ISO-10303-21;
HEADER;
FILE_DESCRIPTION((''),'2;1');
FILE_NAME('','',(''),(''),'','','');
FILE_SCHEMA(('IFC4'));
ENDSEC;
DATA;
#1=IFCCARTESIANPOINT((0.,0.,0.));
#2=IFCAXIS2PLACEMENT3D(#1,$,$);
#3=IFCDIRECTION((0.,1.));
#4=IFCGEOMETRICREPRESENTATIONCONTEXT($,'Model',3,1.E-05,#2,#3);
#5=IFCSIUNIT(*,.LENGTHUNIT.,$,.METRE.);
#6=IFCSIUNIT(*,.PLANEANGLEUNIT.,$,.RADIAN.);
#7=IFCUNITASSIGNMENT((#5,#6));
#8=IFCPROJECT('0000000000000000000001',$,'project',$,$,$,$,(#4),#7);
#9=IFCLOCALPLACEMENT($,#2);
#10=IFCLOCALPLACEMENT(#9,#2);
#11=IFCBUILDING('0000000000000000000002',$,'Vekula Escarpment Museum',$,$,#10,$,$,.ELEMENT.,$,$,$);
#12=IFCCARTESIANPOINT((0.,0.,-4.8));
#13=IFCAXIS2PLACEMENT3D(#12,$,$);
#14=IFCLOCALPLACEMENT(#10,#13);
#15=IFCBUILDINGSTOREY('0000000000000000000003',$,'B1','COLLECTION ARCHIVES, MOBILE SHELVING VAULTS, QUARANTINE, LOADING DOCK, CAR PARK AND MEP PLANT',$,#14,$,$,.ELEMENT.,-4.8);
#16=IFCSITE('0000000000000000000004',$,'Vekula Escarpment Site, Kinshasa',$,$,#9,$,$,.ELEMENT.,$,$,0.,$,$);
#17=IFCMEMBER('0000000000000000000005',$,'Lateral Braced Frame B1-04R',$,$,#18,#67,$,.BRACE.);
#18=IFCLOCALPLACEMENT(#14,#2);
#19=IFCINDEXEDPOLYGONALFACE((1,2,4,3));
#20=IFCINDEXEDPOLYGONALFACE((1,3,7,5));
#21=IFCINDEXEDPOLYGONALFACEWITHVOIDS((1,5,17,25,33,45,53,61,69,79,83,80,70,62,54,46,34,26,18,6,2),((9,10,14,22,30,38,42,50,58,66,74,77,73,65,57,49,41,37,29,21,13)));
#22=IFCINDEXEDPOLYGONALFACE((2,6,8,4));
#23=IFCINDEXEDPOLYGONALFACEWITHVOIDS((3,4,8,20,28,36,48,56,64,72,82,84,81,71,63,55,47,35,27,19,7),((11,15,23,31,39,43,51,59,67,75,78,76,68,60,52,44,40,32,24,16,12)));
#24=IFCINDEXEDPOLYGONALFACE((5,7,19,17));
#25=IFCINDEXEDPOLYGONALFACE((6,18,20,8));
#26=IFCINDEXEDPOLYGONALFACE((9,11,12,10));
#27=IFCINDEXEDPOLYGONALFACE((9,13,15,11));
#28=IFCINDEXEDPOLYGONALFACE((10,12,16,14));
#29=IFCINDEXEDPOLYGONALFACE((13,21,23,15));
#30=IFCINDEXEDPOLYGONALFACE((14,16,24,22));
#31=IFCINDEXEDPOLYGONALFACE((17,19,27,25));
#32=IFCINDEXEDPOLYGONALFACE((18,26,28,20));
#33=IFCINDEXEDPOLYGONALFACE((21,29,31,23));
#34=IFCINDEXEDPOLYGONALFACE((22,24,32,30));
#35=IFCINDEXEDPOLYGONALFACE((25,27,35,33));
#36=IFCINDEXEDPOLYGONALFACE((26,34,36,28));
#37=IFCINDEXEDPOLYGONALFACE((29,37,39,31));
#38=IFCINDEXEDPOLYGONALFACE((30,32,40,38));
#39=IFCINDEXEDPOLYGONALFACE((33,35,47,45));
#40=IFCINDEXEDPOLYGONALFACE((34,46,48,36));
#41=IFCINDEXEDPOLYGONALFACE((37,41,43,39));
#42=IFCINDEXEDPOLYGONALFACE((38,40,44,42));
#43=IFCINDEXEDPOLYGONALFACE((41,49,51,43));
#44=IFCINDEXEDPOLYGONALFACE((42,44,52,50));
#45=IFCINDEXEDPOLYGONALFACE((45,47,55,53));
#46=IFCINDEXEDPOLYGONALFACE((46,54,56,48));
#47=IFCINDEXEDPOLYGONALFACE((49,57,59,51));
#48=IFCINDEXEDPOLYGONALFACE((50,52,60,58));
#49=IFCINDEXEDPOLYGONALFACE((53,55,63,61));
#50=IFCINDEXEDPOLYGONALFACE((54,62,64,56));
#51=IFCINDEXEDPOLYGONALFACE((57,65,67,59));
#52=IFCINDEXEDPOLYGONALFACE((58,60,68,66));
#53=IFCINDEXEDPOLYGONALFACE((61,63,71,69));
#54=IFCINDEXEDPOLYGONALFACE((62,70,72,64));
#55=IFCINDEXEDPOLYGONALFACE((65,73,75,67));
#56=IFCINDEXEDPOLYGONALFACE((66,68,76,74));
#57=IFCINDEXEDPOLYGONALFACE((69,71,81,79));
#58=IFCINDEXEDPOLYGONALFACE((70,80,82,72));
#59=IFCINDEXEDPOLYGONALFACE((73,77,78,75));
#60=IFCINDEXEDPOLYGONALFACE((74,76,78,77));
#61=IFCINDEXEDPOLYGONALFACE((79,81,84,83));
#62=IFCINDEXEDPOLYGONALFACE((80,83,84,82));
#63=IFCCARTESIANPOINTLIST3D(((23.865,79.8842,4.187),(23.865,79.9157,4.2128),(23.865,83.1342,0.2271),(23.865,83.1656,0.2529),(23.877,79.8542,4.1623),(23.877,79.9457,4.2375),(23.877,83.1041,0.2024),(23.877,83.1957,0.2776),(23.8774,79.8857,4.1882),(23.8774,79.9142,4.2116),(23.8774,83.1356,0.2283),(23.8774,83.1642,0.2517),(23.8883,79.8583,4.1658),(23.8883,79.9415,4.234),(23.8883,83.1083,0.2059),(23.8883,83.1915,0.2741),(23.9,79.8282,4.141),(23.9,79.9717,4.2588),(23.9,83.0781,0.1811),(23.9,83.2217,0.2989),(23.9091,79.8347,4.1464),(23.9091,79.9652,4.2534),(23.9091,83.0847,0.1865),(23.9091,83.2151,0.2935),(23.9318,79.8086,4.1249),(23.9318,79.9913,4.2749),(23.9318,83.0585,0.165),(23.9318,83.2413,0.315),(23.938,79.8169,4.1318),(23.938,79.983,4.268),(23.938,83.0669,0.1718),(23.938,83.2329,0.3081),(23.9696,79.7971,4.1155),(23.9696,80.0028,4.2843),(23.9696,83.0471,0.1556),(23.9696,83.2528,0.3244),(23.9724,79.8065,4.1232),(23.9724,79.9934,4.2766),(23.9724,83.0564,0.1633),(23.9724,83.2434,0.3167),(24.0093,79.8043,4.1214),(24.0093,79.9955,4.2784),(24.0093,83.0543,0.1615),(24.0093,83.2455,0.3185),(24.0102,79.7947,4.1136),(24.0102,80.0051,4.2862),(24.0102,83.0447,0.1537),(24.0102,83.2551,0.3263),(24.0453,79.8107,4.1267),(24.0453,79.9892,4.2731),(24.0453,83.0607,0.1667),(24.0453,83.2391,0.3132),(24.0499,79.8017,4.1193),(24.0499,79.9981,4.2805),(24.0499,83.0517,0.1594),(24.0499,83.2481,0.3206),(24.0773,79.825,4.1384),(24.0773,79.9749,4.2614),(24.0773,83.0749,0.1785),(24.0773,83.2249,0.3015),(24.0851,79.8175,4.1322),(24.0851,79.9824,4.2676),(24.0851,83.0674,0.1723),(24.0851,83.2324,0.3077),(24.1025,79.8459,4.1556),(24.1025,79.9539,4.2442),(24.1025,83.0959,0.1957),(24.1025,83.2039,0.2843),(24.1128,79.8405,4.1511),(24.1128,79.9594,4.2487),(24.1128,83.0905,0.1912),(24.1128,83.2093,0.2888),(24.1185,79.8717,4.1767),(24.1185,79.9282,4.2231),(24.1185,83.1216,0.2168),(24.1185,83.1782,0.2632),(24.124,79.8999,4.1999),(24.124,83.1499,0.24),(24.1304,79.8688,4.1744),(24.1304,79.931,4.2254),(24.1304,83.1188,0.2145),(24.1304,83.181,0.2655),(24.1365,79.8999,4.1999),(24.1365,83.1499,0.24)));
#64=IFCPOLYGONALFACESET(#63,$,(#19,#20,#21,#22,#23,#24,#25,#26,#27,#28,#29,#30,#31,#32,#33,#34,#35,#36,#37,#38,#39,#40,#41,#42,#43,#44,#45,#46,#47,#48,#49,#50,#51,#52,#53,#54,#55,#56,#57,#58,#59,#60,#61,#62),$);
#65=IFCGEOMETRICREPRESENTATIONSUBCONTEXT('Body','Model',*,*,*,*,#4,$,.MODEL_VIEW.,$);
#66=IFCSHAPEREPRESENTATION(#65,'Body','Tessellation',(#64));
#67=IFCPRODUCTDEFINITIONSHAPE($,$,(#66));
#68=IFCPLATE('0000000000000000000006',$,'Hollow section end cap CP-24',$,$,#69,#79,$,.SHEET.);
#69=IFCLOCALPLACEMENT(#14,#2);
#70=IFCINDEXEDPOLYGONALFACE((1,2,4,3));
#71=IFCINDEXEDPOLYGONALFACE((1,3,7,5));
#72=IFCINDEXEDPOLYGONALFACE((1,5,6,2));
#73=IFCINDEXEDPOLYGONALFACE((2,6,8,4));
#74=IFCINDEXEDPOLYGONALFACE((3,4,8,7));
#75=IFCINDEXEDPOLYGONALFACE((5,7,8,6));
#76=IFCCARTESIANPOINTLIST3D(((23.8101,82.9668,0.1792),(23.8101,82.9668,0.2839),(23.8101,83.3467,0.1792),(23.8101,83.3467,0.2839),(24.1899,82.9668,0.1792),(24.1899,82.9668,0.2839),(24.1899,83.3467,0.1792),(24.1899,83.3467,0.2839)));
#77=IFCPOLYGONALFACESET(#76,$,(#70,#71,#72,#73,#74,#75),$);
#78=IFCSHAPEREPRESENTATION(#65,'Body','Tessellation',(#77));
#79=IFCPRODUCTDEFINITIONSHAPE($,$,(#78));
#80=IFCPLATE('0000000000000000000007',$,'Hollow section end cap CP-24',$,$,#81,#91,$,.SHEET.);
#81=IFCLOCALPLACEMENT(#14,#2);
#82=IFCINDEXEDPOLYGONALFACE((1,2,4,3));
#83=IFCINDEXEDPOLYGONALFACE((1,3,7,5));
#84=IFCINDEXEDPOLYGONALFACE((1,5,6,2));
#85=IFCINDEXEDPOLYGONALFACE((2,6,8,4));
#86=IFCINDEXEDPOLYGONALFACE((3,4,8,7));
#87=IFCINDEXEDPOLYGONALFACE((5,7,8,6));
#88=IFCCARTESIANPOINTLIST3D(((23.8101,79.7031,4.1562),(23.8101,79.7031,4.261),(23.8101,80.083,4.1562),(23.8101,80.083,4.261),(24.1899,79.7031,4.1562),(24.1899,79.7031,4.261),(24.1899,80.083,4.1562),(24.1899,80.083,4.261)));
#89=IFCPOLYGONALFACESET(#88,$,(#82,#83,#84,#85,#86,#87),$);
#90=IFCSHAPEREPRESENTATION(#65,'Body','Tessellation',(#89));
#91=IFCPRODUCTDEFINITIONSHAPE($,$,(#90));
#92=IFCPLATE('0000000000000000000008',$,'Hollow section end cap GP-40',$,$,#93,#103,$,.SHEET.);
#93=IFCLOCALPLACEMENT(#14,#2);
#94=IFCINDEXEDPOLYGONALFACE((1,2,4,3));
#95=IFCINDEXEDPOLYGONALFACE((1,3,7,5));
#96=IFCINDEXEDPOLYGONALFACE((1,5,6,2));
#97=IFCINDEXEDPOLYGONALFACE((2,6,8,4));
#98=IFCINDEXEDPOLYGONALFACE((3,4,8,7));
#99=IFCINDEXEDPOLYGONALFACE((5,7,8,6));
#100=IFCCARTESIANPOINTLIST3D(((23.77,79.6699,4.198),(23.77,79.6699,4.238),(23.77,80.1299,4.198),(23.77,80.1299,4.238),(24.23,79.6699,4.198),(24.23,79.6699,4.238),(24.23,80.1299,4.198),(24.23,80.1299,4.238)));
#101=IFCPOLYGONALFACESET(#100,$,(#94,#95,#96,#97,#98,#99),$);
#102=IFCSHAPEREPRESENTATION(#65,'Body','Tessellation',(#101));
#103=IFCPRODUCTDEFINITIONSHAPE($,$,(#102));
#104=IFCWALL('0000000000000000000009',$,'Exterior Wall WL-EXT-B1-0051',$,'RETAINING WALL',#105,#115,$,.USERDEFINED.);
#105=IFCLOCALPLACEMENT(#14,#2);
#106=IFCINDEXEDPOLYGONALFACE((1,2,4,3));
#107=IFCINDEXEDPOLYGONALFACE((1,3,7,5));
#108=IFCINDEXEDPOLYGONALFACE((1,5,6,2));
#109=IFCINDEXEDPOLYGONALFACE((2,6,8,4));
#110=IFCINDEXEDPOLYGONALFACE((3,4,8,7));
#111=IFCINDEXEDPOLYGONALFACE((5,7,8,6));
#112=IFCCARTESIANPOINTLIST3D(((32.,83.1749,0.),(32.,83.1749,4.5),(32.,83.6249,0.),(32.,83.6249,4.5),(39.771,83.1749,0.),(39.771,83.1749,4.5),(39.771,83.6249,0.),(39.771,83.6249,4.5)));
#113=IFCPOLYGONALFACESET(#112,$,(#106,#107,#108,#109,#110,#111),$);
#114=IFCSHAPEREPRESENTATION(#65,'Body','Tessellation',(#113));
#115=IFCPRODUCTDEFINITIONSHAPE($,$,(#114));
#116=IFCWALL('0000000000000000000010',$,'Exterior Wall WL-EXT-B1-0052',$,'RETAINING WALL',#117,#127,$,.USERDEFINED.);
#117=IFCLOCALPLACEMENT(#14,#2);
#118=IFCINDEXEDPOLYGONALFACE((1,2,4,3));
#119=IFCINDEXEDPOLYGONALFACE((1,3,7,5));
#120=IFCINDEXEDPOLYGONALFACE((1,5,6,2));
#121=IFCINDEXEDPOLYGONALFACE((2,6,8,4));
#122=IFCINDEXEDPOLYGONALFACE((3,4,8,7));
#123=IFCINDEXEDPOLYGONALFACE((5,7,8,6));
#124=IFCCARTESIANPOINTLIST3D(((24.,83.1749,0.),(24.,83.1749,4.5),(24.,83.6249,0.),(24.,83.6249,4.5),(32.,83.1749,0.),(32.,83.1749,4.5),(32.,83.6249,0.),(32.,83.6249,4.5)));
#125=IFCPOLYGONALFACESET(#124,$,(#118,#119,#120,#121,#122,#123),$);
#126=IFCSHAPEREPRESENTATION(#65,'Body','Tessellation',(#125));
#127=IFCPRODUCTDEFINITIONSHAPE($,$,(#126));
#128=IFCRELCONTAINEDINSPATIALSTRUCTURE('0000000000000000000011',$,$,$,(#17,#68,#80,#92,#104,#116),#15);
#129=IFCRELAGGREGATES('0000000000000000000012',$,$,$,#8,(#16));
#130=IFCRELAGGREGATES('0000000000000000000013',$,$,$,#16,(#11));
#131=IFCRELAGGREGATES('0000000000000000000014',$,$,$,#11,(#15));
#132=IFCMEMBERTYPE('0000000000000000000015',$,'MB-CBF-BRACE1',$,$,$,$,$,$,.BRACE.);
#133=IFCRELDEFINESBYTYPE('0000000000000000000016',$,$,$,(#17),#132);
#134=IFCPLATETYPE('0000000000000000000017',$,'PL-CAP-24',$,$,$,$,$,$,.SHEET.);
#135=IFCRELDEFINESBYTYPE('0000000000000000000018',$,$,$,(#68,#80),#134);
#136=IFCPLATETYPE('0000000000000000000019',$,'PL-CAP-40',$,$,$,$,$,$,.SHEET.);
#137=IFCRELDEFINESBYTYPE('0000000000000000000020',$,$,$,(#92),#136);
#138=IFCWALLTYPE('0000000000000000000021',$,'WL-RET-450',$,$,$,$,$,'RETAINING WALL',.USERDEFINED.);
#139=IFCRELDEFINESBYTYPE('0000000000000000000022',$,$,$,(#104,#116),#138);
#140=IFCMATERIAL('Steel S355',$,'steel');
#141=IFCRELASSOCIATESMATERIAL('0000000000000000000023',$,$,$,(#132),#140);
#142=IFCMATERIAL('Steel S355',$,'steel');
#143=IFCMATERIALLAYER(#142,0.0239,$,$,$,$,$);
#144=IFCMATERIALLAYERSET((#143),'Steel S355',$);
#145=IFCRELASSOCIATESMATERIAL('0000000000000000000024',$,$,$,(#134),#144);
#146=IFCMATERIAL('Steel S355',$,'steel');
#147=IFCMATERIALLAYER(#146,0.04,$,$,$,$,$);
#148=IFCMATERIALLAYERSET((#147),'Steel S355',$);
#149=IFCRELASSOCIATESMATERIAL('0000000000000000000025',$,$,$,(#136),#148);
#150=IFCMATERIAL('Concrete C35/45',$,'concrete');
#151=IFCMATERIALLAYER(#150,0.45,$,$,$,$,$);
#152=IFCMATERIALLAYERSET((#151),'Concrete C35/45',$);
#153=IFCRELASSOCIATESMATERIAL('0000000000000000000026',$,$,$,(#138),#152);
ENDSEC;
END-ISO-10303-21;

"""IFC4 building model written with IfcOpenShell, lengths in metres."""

from ifc_helpers import new_model, si_unit, direction, frame, frame_2d, origin, origin_2d, place, context, subcontext, project, spatial, rectangle, hollow_circle, extrude, material, layer, layer_set, material_profile, profile_set, type_object, element, save


model = new_model("IFC4")

# Units and contexts
model_context = context("Model", 3, precision=1e-05, world=origin(), true_north=direction((0.0, 1.0)))
body_context = subcontext(model_context, "Body", "Model", "MODEL_VIEW")
ifc_project = project(units=[si_unit("LENGTHUNIT", "METRE"), si_unit("PLANEANGLEUNIT", "RADIAN")], contexts=[model_context])

# Site, building, storey
site_placement = place(None, origin())
site = spatial("IfcSite", under=ifc_project, at=site_placement, Name="Vekula Escarpment Site, Kinshasa", CompositionType="ELEMENT", RefElevation=0.0)
building_placement = place(site_placement, origin())
building = spatial("IfcBuilding", under=site, at=building_placement, Name="Vekula Escarpment Museum", CompositionType="ELEMENT")
storey_placement = place(building_placement, frame((0.0, 0.0, -4.8)))
storey = spatial("IfcBuildingStorey", under=building, at=storey_placement, Name="B1", Description="COLLECTION ARCHIVES, MOBILE SHELVING VAULTS, QUARANTINE, LOADING DOCK, CAR PARK AND MEP PLANT", CompositionType="ELEMENT", Elevation=-4.8)

# Member
ifc_material_1 = material(Name="Steel S355", Category="steel")
ifc_material_profile_1 = material_profile(ifc_material_1, hollow_circle(Radius=0.1365, WallThickness=0.0125, at=origin_2d()), Name="CHS 273x12.5")
ifc_profile_set_1 = profile_set([ifc_material_profile_1], Name="Steel S355")
member_type = type_object("IfcMemberType", Name="MB-CBF-BRACE1", PredefinedType="BRACE", material=ifc_profile_set_1)
member_placement = place(storey_placement, frame((24.0, 83.1499, 0.24), z_axis=(0.0, -0.63441, 0.772997), x_axis=(1.0, 0.0, 0.0)))
element("IfcMember", 1, at=member_placement, inside=storey, type_object=member_type, Name="Lateral Braced Frame B1-04R", PredefinedType="BRACE", context=body_context, shape_type="SweptSolid", body=[
    extrude(hollow_circle(Radius=0.1365, WallThickness=0.0125, at=origin_2d()), origin(), (0.0, 0.0, 1.0), 5.1228),
])

# Plates
ifc_material_2 = material(Name="Steel S355", Category="steel")
ifc_layer_1 = layer(ifc_material_2, 0.0239)
ifc_layer_set_1 = layer_set([ifc_layer_1], Name="Steel S355")
plate_type_1 = type_object("IfcPlateType", Name="PL-CAP-24", PredefinedType="SHEET", material=ifc_layer_set_1)
for number, where, z_axis, x_axis, name in (
    (2, (24.0, 83.1567, 0.1792), (0.0, 0.0, 1.0), (1.0, 0.0, 0.0), "Hollow section end cap CP-24"),
    (3, (24.0, 79.8931, 4.1562), (0.0, 0.0, 1.0), (1.0, 0.0, 0.0), "Hollow section end cap CP-24"),
):
    element("IfcPlate", number, at=place(storey_placement, frame(where, z_axis=z_axis, x_axis=x_axis)), inside=storey, type_object=plate_type_1, Name=name, PredefinedType="SHEET", context=body_context, shape_type="SweptSolid", body=[
        extrude(rectangle(XDim=0.3799, YDim=0.3799, at=origin_2d()), origin(), (0.0, 0.0, 1.0), 0.1047),
    ])
ifc_material_3 = material(Name="Steel S355", Category="steel")
ifc_layer_2 = layer(ifc_material_3, 0.04)
ifc_layer_set_2 = layer_set([ifc_layer_2], Name="Steel S355")
plate_type_2 = type_object("IfcPlateType", Name="PL-CAP-40", PredefinedType="SHEET", material=ifc_layer_set_2)
plate_placement = place(storey_placement, frame((24.0, 79.8999, 4.198), z_axis=(0.0, 0.0, 1.0), x_axis=(1.0, 0.0, 0.0)))
element("IfcPlate", 4, at=plate_placement, inside=storey, type_object=plate_type_2, Name="Hollow section end cap GP-40", PredefinedType="SHEET", context=body_context, shape_type="SweptSolid", body=[
    extrude(rectangle(XDim=0.46, YDim=0.46, at=origin_2d()), origin(), (0.0, 0.0, 1.0), 0.04),
])

# Walls
ifc_material_4 = material(Name="Concrete C35/45", Category="concrete")
ifc_layer_3 = layer(ifc_material_4, 0.45)
ifc_layer_set_3 = layer_set([ifc_layer_3], Name="Concrete C35/45")
wall_type = type_object("IfcWallType", Name="WL-RET-450", ElementType="RETAINING WALL", PredefinedType="USERDEFINED", material=ifc_layer_set_3)
wall_1_placement = place(storey_placement, frame((32.0, 83.3999, 0.0), z_axis=(0.0, 0.0, 1.0), x_axis=(1.0, 0.0, 0.0)))
element("IfcWall", 5, at=wall_1_placement, inside=storey, type_object=wall_type, Name="Exterior Wall WL-EXT-B1-0051", ObjectType="RETAINING WALL", PredefinedType="USERDEFINED", context=body_context, shape_type="SweptSolid", body=[
    extrude(rectangle(XDim=7.771, YDim=0.45, at=frame_2d((3.8855, 0.0))), origin(), (0.0, 0.0, 1.0), 4.5),
])
wall_2_placement = place(storey_placement, frame((24.0, 83.3999, 0.0), z_axis=(0.0, 0.0, 1.0), x_axis=(1.0, 0.0, 0.0)))
element("IfcWall", 6, at=wall_2_placement, inside=storey, type_object=wall_type, Name="Exterior Wall WL-EXT-B1-0052", ObjectType="RETAINING WALL", PredefinedType="USERDEFINED", context=body_context, shape_type="SweptSolid", body=[
    extrude(rectangle(XDim=8.0, YDim=0.45, at=frame_2d((4.0, 0.0))), origin(), (0.0, 0.0, 1.0), 4.5),
])

save(model, "model.ifc")
